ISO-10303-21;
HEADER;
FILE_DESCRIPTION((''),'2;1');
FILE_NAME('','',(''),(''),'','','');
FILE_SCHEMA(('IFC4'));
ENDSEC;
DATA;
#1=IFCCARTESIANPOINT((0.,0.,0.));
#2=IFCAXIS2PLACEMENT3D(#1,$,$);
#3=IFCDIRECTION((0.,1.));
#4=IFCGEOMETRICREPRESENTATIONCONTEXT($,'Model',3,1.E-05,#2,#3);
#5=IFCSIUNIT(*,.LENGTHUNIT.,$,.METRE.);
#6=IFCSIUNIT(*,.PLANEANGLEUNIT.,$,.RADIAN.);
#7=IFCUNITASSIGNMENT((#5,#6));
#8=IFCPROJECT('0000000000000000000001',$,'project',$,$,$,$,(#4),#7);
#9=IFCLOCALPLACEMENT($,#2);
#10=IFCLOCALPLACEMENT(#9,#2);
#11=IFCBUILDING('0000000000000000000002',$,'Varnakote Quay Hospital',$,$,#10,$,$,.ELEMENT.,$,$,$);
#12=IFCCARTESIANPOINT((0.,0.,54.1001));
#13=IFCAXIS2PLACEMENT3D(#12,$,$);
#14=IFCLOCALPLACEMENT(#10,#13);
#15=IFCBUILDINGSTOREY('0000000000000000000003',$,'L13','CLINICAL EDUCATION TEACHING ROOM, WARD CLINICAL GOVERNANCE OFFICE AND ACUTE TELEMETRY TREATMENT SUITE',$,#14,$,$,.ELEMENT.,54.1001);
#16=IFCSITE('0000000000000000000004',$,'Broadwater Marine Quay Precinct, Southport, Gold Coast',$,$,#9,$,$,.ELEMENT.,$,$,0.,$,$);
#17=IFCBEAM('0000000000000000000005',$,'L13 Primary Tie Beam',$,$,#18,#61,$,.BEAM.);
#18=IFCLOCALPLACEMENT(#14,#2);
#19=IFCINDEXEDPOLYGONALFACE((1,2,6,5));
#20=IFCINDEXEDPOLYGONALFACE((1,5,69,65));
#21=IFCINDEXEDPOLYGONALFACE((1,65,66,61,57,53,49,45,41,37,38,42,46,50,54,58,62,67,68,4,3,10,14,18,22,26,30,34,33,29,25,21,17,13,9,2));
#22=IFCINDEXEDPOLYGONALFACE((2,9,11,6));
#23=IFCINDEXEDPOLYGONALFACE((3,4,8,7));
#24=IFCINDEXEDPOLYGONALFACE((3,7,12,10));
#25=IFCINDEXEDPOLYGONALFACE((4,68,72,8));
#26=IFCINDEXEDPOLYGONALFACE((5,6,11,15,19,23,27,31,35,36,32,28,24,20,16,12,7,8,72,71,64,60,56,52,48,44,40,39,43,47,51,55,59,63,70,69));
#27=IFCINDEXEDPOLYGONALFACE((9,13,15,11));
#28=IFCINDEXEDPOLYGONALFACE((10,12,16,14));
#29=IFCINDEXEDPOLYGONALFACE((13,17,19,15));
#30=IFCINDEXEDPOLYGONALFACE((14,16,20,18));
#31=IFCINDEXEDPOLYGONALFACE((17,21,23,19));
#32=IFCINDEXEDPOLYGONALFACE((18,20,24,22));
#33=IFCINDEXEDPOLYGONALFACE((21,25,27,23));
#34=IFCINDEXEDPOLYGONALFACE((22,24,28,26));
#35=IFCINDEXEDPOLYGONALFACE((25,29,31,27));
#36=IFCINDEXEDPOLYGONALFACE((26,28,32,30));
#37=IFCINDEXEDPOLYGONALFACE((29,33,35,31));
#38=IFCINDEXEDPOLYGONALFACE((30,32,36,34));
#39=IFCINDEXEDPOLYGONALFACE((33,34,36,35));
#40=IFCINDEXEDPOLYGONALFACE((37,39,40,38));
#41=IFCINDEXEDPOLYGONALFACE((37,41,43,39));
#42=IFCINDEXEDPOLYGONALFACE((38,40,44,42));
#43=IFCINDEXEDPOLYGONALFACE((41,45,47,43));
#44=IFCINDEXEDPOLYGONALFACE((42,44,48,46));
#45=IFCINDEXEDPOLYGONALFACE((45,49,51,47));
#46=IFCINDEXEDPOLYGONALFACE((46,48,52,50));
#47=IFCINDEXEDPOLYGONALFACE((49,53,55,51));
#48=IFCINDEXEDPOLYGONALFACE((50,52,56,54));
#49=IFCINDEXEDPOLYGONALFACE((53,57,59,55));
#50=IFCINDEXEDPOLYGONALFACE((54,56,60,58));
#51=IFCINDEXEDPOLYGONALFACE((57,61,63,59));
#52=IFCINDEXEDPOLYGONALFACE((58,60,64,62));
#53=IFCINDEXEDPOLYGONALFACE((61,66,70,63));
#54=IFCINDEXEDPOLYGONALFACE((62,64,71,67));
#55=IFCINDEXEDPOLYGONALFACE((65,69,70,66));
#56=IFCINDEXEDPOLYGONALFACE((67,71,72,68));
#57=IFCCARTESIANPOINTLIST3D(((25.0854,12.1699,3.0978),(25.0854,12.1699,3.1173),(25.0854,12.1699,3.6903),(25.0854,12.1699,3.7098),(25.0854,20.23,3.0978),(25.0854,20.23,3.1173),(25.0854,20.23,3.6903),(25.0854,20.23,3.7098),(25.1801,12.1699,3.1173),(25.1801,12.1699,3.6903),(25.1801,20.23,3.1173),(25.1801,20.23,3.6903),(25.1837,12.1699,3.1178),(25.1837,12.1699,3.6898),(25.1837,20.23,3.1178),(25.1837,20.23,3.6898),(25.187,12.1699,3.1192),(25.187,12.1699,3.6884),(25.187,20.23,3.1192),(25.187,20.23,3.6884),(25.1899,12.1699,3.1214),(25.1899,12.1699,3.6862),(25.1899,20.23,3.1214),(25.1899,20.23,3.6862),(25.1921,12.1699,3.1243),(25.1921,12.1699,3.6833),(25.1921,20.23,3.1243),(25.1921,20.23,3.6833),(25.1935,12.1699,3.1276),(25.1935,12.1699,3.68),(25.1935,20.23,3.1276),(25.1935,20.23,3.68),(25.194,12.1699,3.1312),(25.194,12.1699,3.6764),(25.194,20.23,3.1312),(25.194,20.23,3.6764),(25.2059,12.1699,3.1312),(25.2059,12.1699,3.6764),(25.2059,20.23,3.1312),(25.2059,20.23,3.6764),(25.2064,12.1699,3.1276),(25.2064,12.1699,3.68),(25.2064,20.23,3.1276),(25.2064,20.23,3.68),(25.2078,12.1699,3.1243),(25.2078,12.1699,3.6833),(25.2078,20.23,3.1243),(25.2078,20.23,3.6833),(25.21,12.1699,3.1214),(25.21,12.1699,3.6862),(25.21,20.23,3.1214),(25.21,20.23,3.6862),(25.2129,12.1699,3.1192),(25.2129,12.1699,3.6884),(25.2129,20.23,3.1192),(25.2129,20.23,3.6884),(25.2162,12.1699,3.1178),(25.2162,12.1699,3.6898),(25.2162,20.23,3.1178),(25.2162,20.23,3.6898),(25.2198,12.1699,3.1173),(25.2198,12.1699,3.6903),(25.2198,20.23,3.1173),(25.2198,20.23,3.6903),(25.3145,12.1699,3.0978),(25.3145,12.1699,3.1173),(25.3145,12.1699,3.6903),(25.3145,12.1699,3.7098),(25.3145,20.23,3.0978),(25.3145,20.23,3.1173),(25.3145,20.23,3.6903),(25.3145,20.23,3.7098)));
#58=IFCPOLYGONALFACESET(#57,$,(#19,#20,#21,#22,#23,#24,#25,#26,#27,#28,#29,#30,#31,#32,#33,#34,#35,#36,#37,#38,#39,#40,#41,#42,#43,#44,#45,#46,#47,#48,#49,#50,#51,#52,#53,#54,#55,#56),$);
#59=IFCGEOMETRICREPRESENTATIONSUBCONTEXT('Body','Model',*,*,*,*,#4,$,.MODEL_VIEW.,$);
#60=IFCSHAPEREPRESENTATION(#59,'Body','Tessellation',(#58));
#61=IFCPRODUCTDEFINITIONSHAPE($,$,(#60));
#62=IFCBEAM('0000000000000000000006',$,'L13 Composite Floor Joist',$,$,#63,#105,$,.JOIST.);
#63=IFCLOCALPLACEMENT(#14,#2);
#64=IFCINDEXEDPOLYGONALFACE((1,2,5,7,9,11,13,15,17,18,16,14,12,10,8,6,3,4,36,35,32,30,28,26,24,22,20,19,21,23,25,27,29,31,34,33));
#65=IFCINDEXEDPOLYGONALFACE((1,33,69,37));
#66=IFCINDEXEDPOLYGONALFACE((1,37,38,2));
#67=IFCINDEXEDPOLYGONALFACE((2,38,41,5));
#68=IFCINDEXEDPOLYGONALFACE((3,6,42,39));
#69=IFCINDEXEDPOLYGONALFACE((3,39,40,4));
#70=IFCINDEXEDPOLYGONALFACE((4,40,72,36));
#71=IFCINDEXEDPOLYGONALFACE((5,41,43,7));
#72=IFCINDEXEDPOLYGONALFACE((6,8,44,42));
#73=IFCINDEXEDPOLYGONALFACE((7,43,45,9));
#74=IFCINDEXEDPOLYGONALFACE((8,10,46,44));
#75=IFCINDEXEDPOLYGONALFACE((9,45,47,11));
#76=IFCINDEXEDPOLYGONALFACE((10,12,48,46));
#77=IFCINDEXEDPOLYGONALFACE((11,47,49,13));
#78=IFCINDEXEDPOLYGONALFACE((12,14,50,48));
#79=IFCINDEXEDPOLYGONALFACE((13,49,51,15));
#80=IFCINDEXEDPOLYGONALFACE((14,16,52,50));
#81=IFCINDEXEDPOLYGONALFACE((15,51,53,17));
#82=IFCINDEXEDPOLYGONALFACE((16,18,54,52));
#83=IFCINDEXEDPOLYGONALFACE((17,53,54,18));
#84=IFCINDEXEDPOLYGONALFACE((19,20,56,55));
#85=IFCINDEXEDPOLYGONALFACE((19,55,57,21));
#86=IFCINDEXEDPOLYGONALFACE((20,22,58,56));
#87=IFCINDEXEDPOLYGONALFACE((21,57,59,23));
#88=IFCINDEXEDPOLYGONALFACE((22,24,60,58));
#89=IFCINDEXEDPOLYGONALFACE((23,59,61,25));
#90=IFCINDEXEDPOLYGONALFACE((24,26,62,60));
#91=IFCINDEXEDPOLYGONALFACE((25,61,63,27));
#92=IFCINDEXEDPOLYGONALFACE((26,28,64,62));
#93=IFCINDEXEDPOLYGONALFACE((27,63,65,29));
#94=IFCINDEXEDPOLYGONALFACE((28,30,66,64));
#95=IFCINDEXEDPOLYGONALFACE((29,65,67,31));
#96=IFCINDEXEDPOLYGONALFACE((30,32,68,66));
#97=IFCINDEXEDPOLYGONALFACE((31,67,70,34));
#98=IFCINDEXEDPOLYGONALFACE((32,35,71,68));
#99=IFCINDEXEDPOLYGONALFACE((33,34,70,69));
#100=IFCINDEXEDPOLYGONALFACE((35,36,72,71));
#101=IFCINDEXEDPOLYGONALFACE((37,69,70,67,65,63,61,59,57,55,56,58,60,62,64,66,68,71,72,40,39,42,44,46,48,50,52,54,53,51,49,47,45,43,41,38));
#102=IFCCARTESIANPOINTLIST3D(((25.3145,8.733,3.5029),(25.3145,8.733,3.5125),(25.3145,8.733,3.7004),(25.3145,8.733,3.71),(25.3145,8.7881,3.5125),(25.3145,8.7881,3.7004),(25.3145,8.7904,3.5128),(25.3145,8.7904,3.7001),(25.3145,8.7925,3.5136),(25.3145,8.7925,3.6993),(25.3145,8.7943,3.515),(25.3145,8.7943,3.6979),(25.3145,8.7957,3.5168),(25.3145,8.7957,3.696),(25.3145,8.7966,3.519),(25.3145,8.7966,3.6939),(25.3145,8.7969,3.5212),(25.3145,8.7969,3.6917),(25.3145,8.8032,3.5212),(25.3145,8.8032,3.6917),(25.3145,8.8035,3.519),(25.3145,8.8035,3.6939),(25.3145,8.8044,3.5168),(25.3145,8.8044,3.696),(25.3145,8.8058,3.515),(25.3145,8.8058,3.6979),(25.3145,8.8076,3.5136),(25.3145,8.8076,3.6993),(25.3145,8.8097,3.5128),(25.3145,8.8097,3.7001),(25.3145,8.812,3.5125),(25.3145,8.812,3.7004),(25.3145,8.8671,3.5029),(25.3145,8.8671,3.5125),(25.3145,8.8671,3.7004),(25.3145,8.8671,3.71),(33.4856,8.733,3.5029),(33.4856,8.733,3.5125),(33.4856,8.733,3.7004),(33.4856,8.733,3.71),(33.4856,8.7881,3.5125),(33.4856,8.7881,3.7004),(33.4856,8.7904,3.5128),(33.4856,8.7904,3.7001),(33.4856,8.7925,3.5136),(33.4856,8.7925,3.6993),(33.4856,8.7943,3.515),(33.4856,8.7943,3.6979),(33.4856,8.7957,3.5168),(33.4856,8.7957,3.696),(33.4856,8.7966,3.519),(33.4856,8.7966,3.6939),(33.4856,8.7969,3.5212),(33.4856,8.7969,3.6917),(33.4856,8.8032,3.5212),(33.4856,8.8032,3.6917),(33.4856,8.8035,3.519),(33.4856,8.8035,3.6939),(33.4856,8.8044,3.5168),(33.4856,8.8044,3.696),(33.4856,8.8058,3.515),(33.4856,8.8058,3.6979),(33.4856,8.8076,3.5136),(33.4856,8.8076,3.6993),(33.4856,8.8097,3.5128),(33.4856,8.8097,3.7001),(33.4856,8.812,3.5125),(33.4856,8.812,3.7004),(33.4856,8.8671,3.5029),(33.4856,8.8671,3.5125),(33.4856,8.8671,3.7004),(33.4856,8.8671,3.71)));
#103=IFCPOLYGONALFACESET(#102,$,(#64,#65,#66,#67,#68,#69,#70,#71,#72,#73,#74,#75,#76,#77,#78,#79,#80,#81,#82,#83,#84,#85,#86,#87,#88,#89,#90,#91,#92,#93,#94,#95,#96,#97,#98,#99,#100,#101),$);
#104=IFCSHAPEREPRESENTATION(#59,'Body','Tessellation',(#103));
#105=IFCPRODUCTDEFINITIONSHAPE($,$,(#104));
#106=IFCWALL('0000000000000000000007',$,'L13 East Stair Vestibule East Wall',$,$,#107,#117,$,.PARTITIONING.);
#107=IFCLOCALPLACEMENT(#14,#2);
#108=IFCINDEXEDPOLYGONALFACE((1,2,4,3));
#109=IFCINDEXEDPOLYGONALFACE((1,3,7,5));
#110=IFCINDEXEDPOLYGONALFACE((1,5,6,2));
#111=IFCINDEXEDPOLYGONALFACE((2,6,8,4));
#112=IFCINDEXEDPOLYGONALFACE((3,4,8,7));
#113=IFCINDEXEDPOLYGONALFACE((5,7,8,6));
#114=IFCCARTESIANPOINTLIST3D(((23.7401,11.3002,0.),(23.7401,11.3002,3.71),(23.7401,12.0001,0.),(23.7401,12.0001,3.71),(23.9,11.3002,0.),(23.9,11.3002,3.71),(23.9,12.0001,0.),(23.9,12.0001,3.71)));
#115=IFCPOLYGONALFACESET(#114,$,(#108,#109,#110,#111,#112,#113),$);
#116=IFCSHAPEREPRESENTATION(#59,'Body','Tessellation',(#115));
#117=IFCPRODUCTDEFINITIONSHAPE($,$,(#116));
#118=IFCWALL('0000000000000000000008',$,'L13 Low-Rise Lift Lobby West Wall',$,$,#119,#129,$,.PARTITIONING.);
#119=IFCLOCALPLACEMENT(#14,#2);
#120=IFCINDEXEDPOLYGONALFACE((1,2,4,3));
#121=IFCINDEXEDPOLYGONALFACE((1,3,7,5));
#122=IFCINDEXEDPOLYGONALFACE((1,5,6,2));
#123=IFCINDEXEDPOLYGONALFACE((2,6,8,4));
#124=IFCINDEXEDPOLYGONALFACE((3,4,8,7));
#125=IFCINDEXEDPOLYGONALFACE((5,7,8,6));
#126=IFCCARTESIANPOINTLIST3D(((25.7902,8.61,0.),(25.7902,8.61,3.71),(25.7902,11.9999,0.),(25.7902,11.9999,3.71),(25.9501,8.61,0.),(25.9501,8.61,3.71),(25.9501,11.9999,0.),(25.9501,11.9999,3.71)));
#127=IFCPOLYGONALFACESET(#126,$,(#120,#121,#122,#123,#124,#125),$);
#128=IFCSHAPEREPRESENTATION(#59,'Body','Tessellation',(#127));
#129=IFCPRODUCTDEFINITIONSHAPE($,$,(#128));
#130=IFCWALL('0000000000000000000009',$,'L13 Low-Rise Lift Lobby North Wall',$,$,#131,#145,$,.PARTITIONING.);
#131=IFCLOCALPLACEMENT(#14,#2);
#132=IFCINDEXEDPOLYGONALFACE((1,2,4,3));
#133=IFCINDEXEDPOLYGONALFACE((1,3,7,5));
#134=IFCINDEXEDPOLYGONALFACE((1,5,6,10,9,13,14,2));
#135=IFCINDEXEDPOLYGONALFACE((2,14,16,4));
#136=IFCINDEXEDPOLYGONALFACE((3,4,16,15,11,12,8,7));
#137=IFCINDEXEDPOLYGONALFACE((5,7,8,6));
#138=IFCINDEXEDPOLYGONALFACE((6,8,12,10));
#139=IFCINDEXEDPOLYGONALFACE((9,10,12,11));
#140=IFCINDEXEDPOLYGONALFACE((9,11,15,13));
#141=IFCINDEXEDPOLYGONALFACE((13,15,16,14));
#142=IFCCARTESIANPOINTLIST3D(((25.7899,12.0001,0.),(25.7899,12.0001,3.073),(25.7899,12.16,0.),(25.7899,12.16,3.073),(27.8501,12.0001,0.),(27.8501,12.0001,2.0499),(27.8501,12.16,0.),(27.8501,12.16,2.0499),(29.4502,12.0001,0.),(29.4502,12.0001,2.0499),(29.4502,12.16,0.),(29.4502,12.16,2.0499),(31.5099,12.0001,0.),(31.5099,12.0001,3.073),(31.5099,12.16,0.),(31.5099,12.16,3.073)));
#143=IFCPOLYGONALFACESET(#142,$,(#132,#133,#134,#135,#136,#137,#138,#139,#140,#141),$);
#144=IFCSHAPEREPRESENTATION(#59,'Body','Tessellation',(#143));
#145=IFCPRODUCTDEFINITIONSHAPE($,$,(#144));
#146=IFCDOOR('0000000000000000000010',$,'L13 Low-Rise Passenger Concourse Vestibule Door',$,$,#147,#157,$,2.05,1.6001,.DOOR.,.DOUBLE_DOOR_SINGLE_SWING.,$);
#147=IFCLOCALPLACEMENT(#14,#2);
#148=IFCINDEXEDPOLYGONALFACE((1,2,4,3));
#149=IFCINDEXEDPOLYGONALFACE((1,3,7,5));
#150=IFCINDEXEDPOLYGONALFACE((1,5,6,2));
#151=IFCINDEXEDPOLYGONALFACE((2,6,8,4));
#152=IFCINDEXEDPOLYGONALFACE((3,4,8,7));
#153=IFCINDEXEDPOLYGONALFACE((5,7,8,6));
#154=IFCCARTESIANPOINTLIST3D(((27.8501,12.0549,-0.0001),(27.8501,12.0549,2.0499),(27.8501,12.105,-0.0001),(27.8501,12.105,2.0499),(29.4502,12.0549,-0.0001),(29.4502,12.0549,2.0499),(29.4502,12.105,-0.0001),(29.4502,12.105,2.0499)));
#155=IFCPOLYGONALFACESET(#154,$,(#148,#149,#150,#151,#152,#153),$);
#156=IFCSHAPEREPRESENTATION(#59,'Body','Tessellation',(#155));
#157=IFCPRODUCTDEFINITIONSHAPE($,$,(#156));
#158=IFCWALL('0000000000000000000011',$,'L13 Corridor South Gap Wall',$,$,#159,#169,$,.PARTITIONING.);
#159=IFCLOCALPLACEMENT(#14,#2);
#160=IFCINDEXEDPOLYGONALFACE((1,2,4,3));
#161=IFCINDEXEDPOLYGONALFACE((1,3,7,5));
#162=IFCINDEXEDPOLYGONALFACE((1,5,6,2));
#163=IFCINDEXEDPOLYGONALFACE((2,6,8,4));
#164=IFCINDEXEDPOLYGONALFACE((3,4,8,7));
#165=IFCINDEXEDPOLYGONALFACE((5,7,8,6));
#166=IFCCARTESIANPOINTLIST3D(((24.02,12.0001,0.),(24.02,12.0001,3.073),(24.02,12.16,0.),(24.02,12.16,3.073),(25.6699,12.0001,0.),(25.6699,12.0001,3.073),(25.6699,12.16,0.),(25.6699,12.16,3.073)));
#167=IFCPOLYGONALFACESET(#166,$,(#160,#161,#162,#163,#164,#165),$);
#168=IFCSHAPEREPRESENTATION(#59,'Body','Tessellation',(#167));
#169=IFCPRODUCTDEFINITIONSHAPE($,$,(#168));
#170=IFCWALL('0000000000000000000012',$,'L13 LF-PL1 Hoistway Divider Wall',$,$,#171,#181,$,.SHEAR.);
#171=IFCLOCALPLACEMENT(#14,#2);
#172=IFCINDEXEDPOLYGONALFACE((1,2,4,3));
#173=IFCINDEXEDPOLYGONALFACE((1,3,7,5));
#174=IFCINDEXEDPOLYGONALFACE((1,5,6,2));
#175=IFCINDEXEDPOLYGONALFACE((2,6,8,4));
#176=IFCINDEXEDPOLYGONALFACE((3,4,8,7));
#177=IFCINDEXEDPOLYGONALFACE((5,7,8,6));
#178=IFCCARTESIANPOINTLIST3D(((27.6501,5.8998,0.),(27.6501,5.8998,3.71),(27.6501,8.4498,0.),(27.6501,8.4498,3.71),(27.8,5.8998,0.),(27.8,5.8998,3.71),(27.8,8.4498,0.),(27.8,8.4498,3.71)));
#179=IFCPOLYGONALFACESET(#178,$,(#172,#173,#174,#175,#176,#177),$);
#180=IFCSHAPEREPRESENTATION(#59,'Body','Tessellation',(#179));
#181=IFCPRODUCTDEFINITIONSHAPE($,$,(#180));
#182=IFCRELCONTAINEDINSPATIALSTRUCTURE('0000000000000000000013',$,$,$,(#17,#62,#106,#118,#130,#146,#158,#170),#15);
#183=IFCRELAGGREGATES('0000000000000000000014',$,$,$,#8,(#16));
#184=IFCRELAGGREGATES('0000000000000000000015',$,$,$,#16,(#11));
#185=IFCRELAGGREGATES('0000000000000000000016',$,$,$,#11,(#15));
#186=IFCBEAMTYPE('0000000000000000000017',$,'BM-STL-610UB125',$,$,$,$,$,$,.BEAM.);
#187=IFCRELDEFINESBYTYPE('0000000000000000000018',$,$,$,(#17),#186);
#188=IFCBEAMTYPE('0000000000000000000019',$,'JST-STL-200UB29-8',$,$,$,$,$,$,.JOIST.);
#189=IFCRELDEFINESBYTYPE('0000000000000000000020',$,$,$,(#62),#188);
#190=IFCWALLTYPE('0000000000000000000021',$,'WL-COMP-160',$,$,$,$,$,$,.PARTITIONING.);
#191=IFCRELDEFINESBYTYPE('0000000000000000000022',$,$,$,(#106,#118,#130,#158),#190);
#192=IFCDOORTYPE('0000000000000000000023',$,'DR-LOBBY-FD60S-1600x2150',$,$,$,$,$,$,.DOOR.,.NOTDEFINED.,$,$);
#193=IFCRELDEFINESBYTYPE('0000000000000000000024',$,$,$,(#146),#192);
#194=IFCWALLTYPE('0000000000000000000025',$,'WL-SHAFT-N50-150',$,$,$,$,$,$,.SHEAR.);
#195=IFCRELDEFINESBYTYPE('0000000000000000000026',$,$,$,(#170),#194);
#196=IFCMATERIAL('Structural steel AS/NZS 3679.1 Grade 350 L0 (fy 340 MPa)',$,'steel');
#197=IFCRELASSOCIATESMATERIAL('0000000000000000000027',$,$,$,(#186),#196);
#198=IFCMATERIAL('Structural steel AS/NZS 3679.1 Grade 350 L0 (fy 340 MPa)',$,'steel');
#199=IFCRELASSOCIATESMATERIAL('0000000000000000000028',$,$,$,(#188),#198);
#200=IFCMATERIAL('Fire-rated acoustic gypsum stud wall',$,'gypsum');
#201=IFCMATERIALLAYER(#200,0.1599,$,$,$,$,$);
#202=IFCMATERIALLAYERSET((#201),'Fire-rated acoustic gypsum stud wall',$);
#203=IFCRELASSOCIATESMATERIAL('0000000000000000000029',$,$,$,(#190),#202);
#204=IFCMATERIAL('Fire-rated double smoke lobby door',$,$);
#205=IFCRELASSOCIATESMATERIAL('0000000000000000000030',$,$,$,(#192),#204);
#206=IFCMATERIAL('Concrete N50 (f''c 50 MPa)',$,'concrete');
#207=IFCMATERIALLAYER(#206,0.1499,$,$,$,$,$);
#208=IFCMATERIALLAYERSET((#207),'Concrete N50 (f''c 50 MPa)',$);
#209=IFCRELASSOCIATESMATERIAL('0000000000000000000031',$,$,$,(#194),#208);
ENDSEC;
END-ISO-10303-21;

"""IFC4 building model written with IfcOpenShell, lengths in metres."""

from ifc_helpers import new_model, si_unit, direction, frame, frame_2d, origin, origin_2d, place, context, subcontext, project, spatial, rectangle, i_section, extrude, material, layer, layer_set, material_profile, profile_set, type_object, element, fill, save


model = new_model("IFC4")

# Units and contexts
model_context = context("Model", 3, precision=1e-05, world=origin(), true_north=direction((0.0, 1.0)))
body_context = subcontext(model_context, "Body", "Model", "MODEL_VIEW")
ifc_project = project(units=[si_unit("LENGTHUNIT", "METRE"), si_unit("PLANEANGLEUNIT", "RADIAN")], contexts=[model_context])

# Site, building, storey
site_placement = place(None, origin())
site = spatial("IfcSite", under=ifc_project, at=site_placement, Name="Broadwater Marine Quay Precinct, Southport, Gold Coast", CompositionType="ELEMENT", RefElevation=0.0)
building_placement = place(site_placement, origin())
building = spatial("IfcBuilding", under=site, at=building_placement, Name="Varnakote Quay Hospital", CompositionType="ELEMENT")
storey_placement = place(building_placement, frame((0.0, 0.0, 54.1001)))
storey = spatial("IfcBuildingStorey", under=building, at=storey_placement, Name="L13", Description="CLINICAL EDUCATION TEACHING ROOM, WARD CLINICAL GOVERNANCE OFFICE AND ACUTE TELEMETRY TREATMENT SUITE", CompositionType="ELEMENT", Elevation=54.1001)

# Beams
ifc_material_1 = material(Name="Structural steel AS/NZS 3679.1 Grade 350 L0 (fy 340 MPa)", Category="steel")
ifc_material_profile_1 = material_profile(ifc_material_1, i_section(OverallWidth=0.229, OverallDepth=0.6121, WebThickness=0.012, FlangeThickness=0.0195, FilletRadius=0.0139, at=origin_2d()), Name="610UB125")
ifc_profile_set_1 = profile_set([ifc_material_profile_1], Name="Structural steel AS/NZS 3679.1 Grade 350 L0 (fy 340 MPa)")
beam_type_1 = type_object("IfcBeamType", Name="BM-STL-610UB125", PredefinedType="BEAM", material=ifc_profile_set_1)
beam_1_placement = place(storey_placement, frame((25.2, 12.1699, 3.4038), z_axis=(0.0, 1.0, 0.0), x_axis=(-1.0, 0.0, 0.0)))
element("IfcBeam", 1, at=beam_1_placement, inside=storey, type_object=beam_type_1, Name="L13 Primary Tie Beam", PredefinedType="BEAM", context=body_context, shape_type="SweptSolid", body=[
    extrude(i_section(OverallWidth=0.229, OverallDepth=0.6121, WebThickness=0.012, FlangeThickness=0.0195, FilletRadius=0.0139, at=origin_2d()), origin(), (0.0, 0.0, 1.0), 8.0601),
])
ifc_material_2 = material(Name="Structural steel AS/NZS 3679.1 Grade 350 L0 (fy 340 MPa)", Category="steel")
ifc_material_profile_2 = material_profile(ifc_material_2, i_section(OverallWidth=0.134, OverallDepth=0.207, WebThickness=0.0063, FlangeThickness=0.0095, FilletRadius=0.0088, at=origin_2d()), Name="200UB29.8")
ifc_profile_set_2 = profile_set([ifc_material_profile_2], Name="Structural steel AS/NZS 3679.1 Grade 350 L0 (fy 340 MPa)")
beam_type_2 = type_object("IfcBeamType", Name="JST-STL-200UB29-8", PredefinedType="JOIST", material=ifc_profile_set_2)
beam_2_placement = place(storey_placement, frame((25.3145, 8.8, 3.6064), z_axis=(1.0, 0.0, 0.0), x_axis=(0.0, 1.0, 0.0)))
element("IfcBeam", 2, at=beam_2_placement, inside=storey, type_object=beam_type_2, Name="L13 Composite Floor Joist", PredefinedType="JOIST", context=body_context, shape_type="SweptSolid", body=[
    extrude(i_section(OverallWidth=0.134, OverallDepth=0.207, WebThickness=0.0063, FlangeThickness=0.0095, FilletRadius=0.0088, at=origin_2d()), origin(), (0.0, 0.0, 1.0), 8.1711),
])

# Walls
ifc_material_3 = material(Name="Fire-rated acoustic gypsum stud wall", Category="gypsum")
ifc_layer_1 = layer(ifc_material_3, 0.1599)
ifc_layer_set_1 = layer_set([ifc_layer_1], Name="Fire-rated acoustic gypsum stud wall")
wall_type_1 = type_object("IfcWallType", Name="WL-COMP-160", PredefinedType="PARTITIONING", material=ifc_layer_set_1)
wall_1_placement = place(storey_placement, frame((23.8201, 11.3, 0.0), z_axis=(0.0, 0.0, 1.0), x_axis=(0.0, 1.0, 0.0)))
element("IfcWall", 3, at=wall_1_placement, inside=storey, type_object=wall_type_1, Name="L13 East Stair Vestibule East Wall", PredefinedType="PARTITIONING", context=body_context, shape_type="SweptSolid", body=[
    extrude(rectangle(XDim=0.7, YDim=0.1599, at=frame_2d((0.3501, 0.0))), origin(), (0.0, 0.0, 1.0), 3.71),
])
wall_2_placement = place(storey_placement, frame((25.8701, 8.6101, 0.0), z_axis=(0.0, 0.0, 1.0), x_axis=(0.0, 1.0, 0.0)))
element("IfcWall", 4, at=wall_2_placement, inside=storey, type_object=wall_type_1, Name="L13 Low-Rise Lift Lobby West Wall", PredefinedType="PARTITIONING", context=body_context, shape_type="SweptSolid", body=[
    extrude(rectangle(XDim=3.3899, YDim=0.1599, at=frame_2d((1.6948, 0.0))), origin(), (0.0, 0.0, 1.0), 3.71),
])

# Wall, opening, door
wall_3_placement = place(storey_placement, frame((25.79, 12.0801, 0.0), z_axis=(0.0, 0.0, 1.0), x_axis=(1.0, 0.0, 0.0)))
wall_3 = element("IfcWall", 5, at=wall_3_placement, inside=storey, type_object=wall_type_1, Name="L13 Low-Rise Lift Lobby North Wall", PredefinedType="PARTITIONING", context=body_context, shape_type="SweptSolid", body=[
    extrude(rectangle(XDim=5.72, YDim=0.1599, at=frame_2d((2.8599, 0.0))), origin(), (0.0, 0.0, 1.0), 3.073),
])
opening_1_placement = place(wall_3_placement, frame((2.0601, 0.0, 0.0)))
opening_1 = element("IfcOpeningElement", 6, at=opening_1_placement, cuts=wall_3, PredefinedType="OPENING", context=body_context, shape_type="SweptSolid", body=[
    extrude(rectangle(XDim=1.6001, YDim=2.05, at=frame_2d((0.8, 1.0249))), frame((0.0, 0.0898, 0.0), z_axis=(0.0, -1.0, 0.0), x_axis=(1.0, 0.0, 0.0)), (0.0, 0.0, 1.0), 0.1799),
])
ifc_material_4 = material(Name="Fire-rated double smoke lobby door")
door_type_1 = type_object("IfcDoorType", Name="DR-LOBBY-FD60S-1600x2150", OperationType="NOTDEFINED", PredefinedType="DOOR", material=ifc_material_4)
door_1_placement = place(opening_1_placement, origin())
door_1 = element("IfcDoor", 7, at=door_1_placement, inside=storey, type_object=door_type_1, Name="L13 Low-Rise Passenger Concourse Vestibule Door", OperationType="DOUBLE_DOOR_SINGLE_SWING", OverallHeight=2.05, OverallWidth=1.6001, PredefinedType="DOOR", context=body_context, shape_type="SweptSolid", body=[
    extrude(rectangle(XDim=1.6001, YDim=2.05, at=frame_2d((0.8, 1.0249))), frame((0.0, 0.0249, 0.0), z_axis=(0.0, -1.0, 0.0), x_axis=(1.0, 0.0, 0.0)), (0.0, 0.0, 1.0), 0.05),
])
fill(opening_1, door_1)

# Walls
wall_4_placement = place(storey_placement, frame((24.02, 12.0801, 0.0), z_axis=(0.0, 0.0, 1.0), x_axis=(1.0, 0.0, 0.0)))
element("IfcWall", 8, at=wall_4_placement, inside=storey, type_object=wall_type_1, Name="L13 Corridor South Gap Wall", PredefinedType="PARTITIONING", context=body_context, shape_type="SweptSolid", body=[
    extrude(rectangle(XDim=1.6499, YDim=0.1599, at=frame_2d((0.825, 0.0))), origin(), (0.0, 0.0, 1.0), 3.073),
])
ifc_material_5 = material(Name="Concrete N50 (f'c 50 MPa)", Category="concrete")
ifc_layer_2 = layer(ifc_material_5, 0.1499)
ifc_layer_set_2 = layer_set([ifc_layer_2], Name="Concrete N50 (f'c 50 MPa)")
wall_type_2 = type_object("IfcWallType", Name="WL-SHAFT-N50-150", PredefinedType="SHEAR", material=ifc_layer_set_2)
wall_5_placement = place(storey_placement, frame((27.7251, 5.8999, 0.0), z_axis=(0.0, 0.0, 1.0), x_axis=(0.0, 1.0, 0.0)))
element("IfcWall", 9, at=wall_5_placement, inside=storey, type_object=wall_type_2, Name="L13 LF-PL1 Hoistway Divider Wall", PredefinedType="SHEAR", context=body_context, shape_type="SweptSolid", body=[
    extrude(rectangle(XDim=2.55, YDim=0.1499, at=frame_2d((1.2749, 0.0))), origin(), (0.0, 0.0, 1.0), 3.71),
])

save(model, "model.ifc")
